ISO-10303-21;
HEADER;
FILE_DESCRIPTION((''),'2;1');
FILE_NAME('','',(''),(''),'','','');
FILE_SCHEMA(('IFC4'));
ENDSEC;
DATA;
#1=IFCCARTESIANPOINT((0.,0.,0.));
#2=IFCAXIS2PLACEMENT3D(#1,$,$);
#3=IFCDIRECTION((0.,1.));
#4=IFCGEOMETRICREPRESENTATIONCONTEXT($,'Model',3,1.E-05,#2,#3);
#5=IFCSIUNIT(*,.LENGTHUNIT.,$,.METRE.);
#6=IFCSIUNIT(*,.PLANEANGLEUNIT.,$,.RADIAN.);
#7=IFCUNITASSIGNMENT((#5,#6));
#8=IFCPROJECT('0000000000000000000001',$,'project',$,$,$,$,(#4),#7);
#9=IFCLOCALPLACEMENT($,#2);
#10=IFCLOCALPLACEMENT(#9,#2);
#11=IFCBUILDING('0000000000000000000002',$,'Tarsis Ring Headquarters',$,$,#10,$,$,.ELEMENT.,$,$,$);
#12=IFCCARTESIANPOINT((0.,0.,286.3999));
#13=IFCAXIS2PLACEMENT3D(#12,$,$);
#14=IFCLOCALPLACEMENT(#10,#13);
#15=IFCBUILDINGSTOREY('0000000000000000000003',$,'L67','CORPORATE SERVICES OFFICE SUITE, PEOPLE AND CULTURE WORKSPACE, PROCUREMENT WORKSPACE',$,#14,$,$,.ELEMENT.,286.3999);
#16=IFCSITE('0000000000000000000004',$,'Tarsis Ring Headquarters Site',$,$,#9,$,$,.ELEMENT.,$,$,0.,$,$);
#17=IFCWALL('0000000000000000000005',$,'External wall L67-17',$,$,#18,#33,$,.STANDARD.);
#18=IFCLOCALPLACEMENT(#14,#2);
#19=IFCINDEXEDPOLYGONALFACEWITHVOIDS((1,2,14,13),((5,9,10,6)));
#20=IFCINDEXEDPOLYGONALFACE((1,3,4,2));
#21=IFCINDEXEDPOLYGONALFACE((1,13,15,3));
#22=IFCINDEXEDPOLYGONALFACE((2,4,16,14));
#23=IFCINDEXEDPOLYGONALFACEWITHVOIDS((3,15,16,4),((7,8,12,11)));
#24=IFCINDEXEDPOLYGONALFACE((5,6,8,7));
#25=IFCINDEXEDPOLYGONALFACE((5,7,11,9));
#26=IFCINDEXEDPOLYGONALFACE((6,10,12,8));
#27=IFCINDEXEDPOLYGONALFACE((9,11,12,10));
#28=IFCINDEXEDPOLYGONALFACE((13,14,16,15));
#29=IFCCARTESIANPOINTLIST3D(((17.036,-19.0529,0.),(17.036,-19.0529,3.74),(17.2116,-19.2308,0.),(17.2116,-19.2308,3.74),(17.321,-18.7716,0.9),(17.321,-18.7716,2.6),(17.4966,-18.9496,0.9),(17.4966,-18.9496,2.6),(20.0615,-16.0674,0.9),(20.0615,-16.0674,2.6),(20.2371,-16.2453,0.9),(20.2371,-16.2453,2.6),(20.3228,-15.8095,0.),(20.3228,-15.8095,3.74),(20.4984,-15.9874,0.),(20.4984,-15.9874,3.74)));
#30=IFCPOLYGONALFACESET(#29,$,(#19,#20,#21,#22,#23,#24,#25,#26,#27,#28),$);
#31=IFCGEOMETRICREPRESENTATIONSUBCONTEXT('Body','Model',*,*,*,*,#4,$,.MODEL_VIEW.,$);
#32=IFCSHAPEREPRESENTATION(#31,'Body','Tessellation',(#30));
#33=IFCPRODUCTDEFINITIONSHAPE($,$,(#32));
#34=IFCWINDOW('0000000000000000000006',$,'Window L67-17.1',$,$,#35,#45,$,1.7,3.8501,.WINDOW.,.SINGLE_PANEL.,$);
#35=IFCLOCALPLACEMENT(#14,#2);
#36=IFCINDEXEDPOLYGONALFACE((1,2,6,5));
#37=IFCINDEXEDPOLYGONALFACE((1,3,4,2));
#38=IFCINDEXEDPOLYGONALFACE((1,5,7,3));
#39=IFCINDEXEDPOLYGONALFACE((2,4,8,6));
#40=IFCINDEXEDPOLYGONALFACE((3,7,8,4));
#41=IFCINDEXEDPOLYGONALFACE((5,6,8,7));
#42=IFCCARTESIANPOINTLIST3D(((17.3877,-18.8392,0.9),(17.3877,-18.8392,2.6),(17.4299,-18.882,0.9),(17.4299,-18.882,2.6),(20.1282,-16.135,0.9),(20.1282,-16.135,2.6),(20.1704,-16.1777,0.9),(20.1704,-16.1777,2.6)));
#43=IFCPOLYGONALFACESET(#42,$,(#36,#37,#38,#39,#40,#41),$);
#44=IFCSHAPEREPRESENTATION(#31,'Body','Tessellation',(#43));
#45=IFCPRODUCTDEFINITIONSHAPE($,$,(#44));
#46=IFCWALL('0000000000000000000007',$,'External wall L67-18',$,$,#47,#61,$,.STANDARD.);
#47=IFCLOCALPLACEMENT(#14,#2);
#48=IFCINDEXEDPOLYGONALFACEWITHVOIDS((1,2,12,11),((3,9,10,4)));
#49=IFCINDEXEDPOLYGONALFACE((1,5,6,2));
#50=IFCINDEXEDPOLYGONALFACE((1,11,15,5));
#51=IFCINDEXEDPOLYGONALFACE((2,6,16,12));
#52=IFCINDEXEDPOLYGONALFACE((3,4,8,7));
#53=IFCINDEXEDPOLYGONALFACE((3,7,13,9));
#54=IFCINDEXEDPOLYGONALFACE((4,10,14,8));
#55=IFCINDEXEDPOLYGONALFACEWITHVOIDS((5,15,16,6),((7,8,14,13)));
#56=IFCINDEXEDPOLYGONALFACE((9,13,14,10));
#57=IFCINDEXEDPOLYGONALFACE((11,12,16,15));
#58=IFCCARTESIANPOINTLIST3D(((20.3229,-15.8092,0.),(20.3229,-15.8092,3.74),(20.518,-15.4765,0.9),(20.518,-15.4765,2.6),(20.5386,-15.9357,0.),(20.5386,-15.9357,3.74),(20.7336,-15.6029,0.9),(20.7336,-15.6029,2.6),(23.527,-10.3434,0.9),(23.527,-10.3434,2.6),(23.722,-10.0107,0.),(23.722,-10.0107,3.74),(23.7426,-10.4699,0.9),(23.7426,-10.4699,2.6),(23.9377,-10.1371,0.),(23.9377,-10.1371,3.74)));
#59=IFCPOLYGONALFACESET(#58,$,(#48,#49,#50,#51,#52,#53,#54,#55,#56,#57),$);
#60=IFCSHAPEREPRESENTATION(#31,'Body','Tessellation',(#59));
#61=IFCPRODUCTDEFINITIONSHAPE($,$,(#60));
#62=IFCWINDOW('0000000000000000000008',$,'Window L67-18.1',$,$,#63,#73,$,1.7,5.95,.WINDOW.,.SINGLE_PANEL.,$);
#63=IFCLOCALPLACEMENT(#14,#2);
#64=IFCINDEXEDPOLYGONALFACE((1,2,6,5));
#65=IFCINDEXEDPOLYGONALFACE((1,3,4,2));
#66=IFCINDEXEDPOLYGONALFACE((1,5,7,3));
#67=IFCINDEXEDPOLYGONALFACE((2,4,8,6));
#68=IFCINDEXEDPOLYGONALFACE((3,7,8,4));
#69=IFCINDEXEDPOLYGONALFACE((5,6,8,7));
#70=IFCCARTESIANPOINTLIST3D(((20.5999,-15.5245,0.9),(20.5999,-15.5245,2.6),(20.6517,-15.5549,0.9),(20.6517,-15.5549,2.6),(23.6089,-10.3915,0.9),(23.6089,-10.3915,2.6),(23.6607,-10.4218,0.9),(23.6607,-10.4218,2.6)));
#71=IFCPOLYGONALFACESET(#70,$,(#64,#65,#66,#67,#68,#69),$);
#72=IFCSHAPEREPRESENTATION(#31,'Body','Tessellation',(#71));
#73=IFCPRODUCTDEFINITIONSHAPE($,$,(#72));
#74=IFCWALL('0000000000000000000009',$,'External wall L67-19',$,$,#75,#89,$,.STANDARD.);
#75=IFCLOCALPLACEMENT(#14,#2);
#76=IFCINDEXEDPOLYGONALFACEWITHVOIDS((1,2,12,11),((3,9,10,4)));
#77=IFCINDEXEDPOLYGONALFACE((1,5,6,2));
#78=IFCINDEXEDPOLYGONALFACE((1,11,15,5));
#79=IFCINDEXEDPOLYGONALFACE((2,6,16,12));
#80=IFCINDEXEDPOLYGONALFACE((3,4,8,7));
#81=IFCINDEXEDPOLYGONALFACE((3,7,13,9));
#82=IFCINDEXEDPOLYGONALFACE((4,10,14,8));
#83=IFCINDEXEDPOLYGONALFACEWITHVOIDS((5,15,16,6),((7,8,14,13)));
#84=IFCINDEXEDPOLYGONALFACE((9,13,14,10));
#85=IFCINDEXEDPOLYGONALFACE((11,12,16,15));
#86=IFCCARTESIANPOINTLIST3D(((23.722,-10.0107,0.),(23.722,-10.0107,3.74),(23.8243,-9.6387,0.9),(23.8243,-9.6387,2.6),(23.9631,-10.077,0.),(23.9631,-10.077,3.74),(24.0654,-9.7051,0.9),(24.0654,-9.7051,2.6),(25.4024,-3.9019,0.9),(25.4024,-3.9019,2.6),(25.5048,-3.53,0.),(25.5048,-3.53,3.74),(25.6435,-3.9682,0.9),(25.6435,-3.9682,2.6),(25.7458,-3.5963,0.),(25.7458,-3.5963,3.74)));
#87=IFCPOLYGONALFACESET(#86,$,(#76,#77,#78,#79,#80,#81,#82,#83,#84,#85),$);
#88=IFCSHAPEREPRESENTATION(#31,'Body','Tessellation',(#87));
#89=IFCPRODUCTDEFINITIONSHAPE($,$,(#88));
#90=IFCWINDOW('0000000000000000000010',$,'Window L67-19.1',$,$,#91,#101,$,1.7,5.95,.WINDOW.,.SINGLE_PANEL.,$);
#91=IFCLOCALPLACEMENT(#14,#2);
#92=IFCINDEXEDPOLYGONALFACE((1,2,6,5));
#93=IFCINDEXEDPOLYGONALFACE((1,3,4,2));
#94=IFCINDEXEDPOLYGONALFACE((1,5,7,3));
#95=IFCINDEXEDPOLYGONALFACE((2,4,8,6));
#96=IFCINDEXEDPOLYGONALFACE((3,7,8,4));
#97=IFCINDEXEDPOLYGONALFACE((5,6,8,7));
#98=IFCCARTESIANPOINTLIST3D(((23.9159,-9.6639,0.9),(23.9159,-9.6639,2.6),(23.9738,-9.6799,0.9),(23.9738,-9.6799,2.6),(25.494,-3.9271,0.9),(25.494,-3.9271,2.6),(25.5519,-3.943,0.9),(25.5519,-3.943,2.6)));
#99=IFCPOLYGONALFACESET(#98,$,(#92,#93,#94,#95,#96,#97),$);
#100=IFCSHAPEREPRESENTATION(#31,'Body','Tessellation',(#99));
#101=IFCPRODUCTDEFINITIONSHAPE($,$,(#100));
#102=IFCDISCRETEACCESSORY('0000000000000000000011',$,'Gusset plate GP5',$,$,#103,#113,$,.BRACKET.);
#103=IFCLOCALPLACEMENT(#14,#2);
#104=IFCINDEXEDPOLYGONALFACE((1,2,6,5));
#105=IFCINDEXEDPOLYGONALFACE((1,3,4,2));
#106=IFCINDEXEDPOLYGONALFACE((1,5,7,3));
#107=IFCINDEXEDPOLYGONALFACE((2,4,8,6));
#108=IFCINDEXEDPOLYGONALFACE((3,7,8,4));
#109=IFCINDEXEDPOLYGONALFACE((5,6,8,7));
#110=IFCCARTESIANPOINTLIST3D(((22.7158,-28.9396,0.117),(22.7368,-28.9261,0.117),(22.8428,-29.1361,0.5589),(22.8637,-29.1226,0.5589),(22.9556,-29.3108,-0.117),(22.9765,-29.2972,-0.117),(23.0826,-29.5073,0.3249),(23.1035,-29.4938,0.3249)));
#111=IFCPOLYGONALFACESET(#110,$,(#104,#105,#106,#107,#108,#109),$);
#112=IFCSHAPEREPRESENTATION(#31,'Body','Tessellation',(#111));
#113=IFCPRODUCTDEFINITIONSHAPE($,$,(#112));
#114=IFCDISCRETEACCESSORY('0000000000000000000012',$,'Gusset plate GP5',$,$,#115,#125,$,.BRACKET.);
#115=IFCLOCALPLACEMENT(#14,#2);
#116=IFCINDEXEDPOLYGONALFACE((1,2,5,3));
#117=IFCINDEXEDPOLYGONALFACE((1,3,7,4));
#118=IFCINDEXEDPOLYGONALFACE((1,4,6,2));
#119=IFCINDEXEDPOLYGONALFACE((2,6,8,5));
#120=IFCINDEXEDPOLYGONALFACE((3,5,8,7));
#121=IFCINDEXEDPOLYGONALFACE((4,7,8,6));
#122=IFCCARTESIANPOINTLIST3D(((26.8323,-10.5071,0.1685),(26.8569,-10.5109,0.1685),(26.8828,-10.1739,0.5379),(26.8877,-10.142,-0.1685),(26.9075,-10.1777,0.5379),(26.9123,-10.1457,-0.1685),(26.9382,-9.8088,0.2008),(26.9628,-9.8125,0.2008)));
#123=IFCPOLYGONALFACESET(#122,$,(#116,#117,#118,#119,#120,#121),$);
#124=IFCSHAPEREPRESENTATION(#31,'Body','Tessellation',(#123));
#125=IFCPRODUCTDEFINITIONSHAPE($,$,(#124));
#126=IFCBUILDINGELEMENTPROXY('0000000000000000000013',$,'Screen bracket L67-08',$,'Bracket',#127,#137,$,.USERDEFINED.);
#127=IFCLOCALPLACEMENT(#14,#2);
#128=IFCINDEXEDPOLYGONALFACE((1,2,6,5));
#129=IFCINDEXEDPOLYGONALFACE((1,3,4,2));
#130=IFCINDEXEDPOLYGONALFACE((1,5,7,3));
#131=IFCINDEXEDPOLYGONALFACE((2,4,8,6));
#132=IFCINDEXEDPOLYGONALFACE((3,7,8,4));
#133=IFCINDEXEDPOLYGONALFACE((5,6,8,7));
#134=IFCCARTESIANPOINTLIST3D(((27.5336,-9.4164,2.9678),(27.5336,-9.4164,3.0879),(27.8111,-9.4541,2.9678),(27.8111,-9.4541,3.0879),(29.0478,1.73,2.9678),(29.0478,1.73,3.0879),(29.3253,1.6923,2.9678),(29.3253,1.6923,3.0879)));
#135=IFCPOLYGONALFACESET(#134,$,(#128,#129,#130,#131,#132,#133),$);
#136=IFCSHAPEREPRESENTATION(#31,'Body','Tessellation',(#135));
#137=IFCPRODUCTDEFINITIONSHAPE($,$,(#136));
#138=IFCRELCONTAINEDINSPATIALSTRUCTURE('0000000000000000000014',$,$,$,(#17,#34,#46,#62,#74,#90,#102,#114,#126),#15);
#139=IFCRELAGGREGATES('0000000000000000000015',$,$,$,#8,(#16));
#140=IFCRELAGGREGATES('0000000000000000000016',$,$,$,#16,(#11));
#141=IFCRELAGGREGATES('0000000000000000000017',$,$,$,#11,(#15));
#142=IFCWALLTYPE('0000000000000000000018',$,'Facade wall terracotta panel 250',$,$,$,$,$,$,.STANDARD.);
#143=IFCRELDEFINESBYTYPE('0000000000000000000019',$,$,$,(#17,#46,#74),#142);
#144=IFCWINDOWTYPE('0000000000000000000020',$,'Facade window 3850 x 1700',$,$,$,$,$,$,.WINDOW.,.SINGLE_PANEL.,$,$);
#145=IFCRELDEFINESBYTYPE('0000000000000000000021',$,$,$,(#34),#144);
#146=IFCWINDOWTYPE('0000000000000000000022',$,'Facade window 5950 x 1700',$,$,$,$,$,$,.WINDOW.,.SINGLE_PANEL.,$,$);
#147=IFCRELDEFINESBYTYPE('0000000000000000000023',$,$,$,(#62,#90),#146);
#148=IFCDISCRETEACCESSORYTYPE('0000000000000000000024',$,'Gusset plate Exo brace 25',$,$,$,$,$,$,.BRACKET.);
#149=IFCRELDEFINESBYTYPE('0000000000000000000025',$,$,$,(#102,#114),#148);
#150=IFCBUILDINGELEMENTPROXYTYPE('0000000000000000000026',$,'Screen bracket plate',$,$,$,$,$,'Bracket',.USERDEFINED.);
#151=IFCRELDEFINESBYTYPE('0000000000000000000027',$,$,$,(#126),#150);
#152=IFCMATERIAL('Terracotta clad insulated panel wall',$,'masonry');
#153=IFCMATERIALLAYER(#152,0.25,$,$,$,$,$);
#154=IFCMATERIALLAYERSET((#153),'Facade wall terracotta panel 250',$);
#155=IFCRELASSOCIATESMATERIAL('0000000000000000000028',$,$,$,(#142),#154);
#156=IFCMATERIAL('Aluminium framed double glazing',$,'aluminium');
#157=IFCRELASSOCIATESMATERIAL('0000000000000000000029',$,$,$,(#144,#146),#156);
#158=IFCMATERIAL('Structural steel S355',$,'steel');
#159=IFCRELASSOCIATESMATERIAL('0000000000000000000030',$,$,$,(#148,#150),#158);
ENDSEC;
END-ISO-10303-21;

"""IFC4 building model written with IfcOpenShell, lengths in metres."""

from ifc_helpers import new_model, si_unit, direction, frame, frame_2d, origin, origin_2d, place, context, subcontext, project, spatial, rectangle, extrude, material, layer, layer_set, material_profile, profile_set, type_object, element, fill, save


model = new_model("IFC4")

# Units and contexts
model_context = context("Model", 3, precision=1e-05, world=origin(), true_north=direction((0.0, 1.0)))
body_context = subcontext(model_context, "Body", "Model", "MODEL_VIEW")
ifc_project = project(units=[si_unit("LENGTHUNIT", "METRE"), si_unit("PLANEANGLEUNIT", "RADIAN")], contexts=[model_context])

# Site, building, storey
site_placement = place(None, origin())
site = spatial("IfcSite", under=ifc_project, at=site_placement, Name="Tarsis Ring Headquarters Site", CompositionType="ELEMENT", RefElevation=0.0)
building_placement = place(site_placement, origin())
building = spatial("IfcBuilding", under=site, at=building_placement, Name="Tarsis Ring Headquarters", CompositionType="ELEMENT")
storey_placement = place(building_placement, frame((0.0, 0.0, 286.3999)))
storey = spatial("IfcBuildingStorey", under=building, at=storey_placement, Name="L67", Description="CORPORATE SERVICES OFFICE SUITE, PEOPLE AND CULTURE WORKSPACE, PROCUREMENT WORKSPACE", CompositionType="ELEMENT", Elevation=286.3999)

# Shared definitions
ifc_material_1 = material(Name="Structural steel S355", Category="steel")

# Walls, openings, windows
ifc_material_2 = material(Name="Terracotta clad insulated panel wall", Category="masonry")
ifc_layer_1 = layer(ifc_material_2, 0.25)
ifc_layer_set_1 = layer_set([ifc_layer_1], Name="Facade wall terracotta panel 250")
wall_type_1 = type_object("IfcWallType", Name="Facade wall terracotta panel 250", PredefinedType="STANDARD", material=ifc_layer_set_1)
wall_1_placement = place(storey_placement, frame((17.1238, -19.1418, 0.0), z_axis=(0.0, 0.0, 1.0), x_axis=(0.711797, 0.702386, 0.0)))
wall_1 = element("IfcWall", 1, at=wall_1_placement, inside=storey, type_object=wall_type_1, Name="External wall L67-17", PredefinedType="STANDARD", context=body_context, shape_type="SweptSolid", body=[
    extrude(rectangle(XDim=4.6177, YDim=0.25, at=frame_2d((2.3088, 0.0))), origin(), (0.0, 0.0, 1.0), 3.74),
])
opening_1_placement = place(wall_1_placement, frame((0.4004, 0.0, 0.8999)))
opening_1 = element("IfcOpeningElement", 2, at=opening_1_placement, cuts=wall_1, PredefinedType="OPENING", context=body_context, shape_type="SweptSolid", body=[
    extrude(rectangle(XDim=3.8501, YDim=1.7, at=frame_2d((1.925, 0.8501))), frame((0.0, 0.135, 0.0), z_axis=(0.0, -1.0, 0.0), x_axis=(1.0, 0.0, 0.0)), (0.0, 0.0, 1.0), 0.27),
])
ifc_material_3 = material(Name="Aluminium framed double glazing", Category="aluminium")
window_type_1 = type_object("IfcWindowType", Name="Facade window 3850 x 1700", PartitioningType="SINGLE_PANEL", PredefinedType="WINDOW", material=ifc_material_3)
window_1_placement = place(opening_1_placement, origin())
window_1 = element("IfcWindow", 3, at=window_1_placement, inside=storey, type_object=window_type_1, Name="Window L67-17.1", OverallHeight=1.7, OverallWidth=3.8501, PartitioningType="SINGLE_PANEL", PredefinedType="WINDOW", context=body_context, shape_type="SweptSolid", body=[
    extrude(rectangle(XDim=3.8501, YDim=1.7, at=frame_2d((1.925, 0.8501))), frame((0.0, 0.03, 0.0), z_axis=(0.0, -1.0, 0.0), x_axis=(1.0, 0.0, 0.0)), (0.0, 0.0, 1.0), 0.0601),
])
fill(opening_1, window_1)
wall_2_placement = place(storey_placement, frame((20.4307, -15.8726, 0.0), z_axis=(0.0, 0.0, 1.0), x_axis=(0.505719, 0.862698, 0.0)))
wall_2 = element("IfcWall", 4, at=wall_2_placement, inside=storey, type_object=wall_type_1, Name="External wall L67-18", PredefinedType="STANDARD", context=body_context, shape_type="SweptSolid", body=[
    extrude(rectangle(XDim=6.7214, YDim=0.25, at=frame_2d((3.3608, 0.0))), origin(), (0.0, 0.0, 1.0), 3.74),
])
opening_2_placement = place(wall_2_placement, frame((0.3857, 0.0, 0.8999)))
opening_2 = element("IfcOpeningElement", 5, at=opening_2_placement, cuts=wall_2, PredefinedType="OPENING", context=body_context, shape_type="SweptSolid", body=[
    extrude(rectangle(XDim=5.95, YDim=1.7, at=frame_2d((2.9751, 0.8501))), frame((0.0, 0.135, 0.0), z_axis=(0.0, -1.0, 0.0), x_axis=(1.0, 0.0, 0.0)), (0.0, 0.0, 1.0), 0.27),
])
window_type_2 = type_object("IfcWindowType", Name="Facade window 5950 x 1700", PartitioningType="SINGLE_PANEL", PredefinedType="WINDOW", material=ifc_material_3)
window_2_placement = place(opening_2_placement, origin())
window_2 = element("IfcWindow", 6, at=window_2_placement, inside=storey, type_object=window_type_2, Name="Window L67-18.1", OverallHeight=1.7, OverallWidth=5.95, PartitioningType="SINGLE_PANEL", PredefinedType="WINDOW", context=body_context, shape_type="SweptSolid", body=[
    extrude(rectangle(XDim=5.95, YDim=1.7, at=frame_2d((2.9751, 0.8501))), frame((0.0, 0.03, 0.0), z_axis=(0.0, -1.0, 0.0), x_axis=(1.0, 0.0, 0.0)), (0.0, 0.0, 1.0), 0.0601),
])
fill(opening_2, window_2)
wall_3_placement = place(storey_placement, frame((23.8425, -10.0439, 0.0), z_axis=(0.0, 0.0, 1.0), x_axis=(0.265228, 0.964186, 0.0)))
wall_3 = element("IfcWall", 7, at=wall_3_placement, inside=storey, type_object=wall_type_1, Name="External wall L67-19", PredefinedType="STANDARD", context=body_context, shape_type="SweptSolid", body=[
    extrude(rectangle(XDim=6.7214, YDim=0.25, at=frame_2d((3.3608, 0.0))), origin(), (0.0, 0.0, 1.0), 3.74),
])
opening_3_placement = place(wall_3_placement, frame((0.3857, 0.0, 0.8999)))
opening_3 = element("IfcOpeningElement", 8, at=opening_3_placement, cuts=wall_3, PredefinedType="OPENING", context=body_context, shape_type="SweptSolid", body=[
    extrude(rectangle(XDim=5.95, YDim=1.7, at=frame_2d((2.9751, 0.8501))), frame((0.0, 0.135, 0.0), z_axis=(0.0, -1.0, 0.0), x_axis=(1.0, 0.0, 0.0)), (0.0, 0.0, 1.0), 0.27),
])
window_3_placement = place(opening_3_placement, origin())
window_3 = element("IfcWindow", 9, at=window_3_placement, inside=storey, type_object=window_type_2, Name="Window L67-19.1", OverallHeight=1.7, OverallWidth=5.95, PartitioningType="SINGLE_PANEL", PredefinedType="WINDOW", context=body_context, shape_type="SweptSolid", body=[
    extrude(rectangle(XDim=5.95, YDim=1.7, at=frame_2d((2.9751, 0.8501))), frame((0.0, 0.03, 0.0), z_axis=(0.0, -1.0, 0.0), x_axis=(1.0, 0.0, 0.0)), (0.0, 0.0, 1.0), 0.0601),
])
fill(opening_3, window_3)

# Discrete accessories
ifc_material_profile_1 = material_profile(ifc_material_1, rectangle(XDim=0.0249, YDim=0.5, at=origin_2d()), Name="PL 25x500")
ifc_profile_set_1 = profile_set([ifc_material_profile_1], Name="Structural steel S355")
discrete_accessory_type = type_object("IfcDiscreteAccessoryType", Name="Gusset plate Exo brace 25", PredefinedType="BRACKET", material=ifc_profile_set_1)
for number, where, z_axis, x_axis, name in (
    (10, (22.8462, -29.1184, 0.0), (0.2539, -0.393056, 0.883766), (0.83999, 0.542602, 0.0), "Gusset plate GP5"),
    (11, (26.8723, -10.3264, 0.0), (0.101063, 0.666429, 0.738687), (-0.988696, 0.149934, 0.0), "Gusset plate GP5"),
):
    element("IfcDiscreteAccessory", number, at=place(storey_placement, frame(where, z_axis=z_axis, x_axis=x_axis)), inside=storey, type_object=discrete_accessory_type, Name=name, PredefinedType="BRACKET", context=body_context, shape_type="SweptSolid", body=[
        extrude(rectangle(XDim=0.0249, YDim=0.5, at=origin_2d()), origin(), (0.0, 0.0, 1.0), 0.5),
    ])

# Building element proxy
building_element_proxy_type = type_object("IfcBuildingElementProxyType", Name="Screen bracket plate", ElementType="Bracket", PredefinedType="USERDEFINED", material=ifc_material_1)
proxy_placement = place(storey_placement, frame((28.4294, -3.8621, 2.9678), z_axis=(0.0, 0.0, 1.0), x_axis=(0.134613, 0.990898, 0.0)))
element("IfcBuildingElementProxy", 12, at=proxy_placement, inside=storey, type_object=building_element_proxy_type, Name="Screen bracket L67-08", ObjectType="Bracket", PredefinedType="USERDEFINED", context=body_context, shape_type="SweptSolid", body=[
    extrude(rectangle(XDim=11.2488, YDim=0.28, at=origin_2d()), origin(), (0.0, 0.0, 1.0), 0.1201),
])

save(model, "model.ifc")
